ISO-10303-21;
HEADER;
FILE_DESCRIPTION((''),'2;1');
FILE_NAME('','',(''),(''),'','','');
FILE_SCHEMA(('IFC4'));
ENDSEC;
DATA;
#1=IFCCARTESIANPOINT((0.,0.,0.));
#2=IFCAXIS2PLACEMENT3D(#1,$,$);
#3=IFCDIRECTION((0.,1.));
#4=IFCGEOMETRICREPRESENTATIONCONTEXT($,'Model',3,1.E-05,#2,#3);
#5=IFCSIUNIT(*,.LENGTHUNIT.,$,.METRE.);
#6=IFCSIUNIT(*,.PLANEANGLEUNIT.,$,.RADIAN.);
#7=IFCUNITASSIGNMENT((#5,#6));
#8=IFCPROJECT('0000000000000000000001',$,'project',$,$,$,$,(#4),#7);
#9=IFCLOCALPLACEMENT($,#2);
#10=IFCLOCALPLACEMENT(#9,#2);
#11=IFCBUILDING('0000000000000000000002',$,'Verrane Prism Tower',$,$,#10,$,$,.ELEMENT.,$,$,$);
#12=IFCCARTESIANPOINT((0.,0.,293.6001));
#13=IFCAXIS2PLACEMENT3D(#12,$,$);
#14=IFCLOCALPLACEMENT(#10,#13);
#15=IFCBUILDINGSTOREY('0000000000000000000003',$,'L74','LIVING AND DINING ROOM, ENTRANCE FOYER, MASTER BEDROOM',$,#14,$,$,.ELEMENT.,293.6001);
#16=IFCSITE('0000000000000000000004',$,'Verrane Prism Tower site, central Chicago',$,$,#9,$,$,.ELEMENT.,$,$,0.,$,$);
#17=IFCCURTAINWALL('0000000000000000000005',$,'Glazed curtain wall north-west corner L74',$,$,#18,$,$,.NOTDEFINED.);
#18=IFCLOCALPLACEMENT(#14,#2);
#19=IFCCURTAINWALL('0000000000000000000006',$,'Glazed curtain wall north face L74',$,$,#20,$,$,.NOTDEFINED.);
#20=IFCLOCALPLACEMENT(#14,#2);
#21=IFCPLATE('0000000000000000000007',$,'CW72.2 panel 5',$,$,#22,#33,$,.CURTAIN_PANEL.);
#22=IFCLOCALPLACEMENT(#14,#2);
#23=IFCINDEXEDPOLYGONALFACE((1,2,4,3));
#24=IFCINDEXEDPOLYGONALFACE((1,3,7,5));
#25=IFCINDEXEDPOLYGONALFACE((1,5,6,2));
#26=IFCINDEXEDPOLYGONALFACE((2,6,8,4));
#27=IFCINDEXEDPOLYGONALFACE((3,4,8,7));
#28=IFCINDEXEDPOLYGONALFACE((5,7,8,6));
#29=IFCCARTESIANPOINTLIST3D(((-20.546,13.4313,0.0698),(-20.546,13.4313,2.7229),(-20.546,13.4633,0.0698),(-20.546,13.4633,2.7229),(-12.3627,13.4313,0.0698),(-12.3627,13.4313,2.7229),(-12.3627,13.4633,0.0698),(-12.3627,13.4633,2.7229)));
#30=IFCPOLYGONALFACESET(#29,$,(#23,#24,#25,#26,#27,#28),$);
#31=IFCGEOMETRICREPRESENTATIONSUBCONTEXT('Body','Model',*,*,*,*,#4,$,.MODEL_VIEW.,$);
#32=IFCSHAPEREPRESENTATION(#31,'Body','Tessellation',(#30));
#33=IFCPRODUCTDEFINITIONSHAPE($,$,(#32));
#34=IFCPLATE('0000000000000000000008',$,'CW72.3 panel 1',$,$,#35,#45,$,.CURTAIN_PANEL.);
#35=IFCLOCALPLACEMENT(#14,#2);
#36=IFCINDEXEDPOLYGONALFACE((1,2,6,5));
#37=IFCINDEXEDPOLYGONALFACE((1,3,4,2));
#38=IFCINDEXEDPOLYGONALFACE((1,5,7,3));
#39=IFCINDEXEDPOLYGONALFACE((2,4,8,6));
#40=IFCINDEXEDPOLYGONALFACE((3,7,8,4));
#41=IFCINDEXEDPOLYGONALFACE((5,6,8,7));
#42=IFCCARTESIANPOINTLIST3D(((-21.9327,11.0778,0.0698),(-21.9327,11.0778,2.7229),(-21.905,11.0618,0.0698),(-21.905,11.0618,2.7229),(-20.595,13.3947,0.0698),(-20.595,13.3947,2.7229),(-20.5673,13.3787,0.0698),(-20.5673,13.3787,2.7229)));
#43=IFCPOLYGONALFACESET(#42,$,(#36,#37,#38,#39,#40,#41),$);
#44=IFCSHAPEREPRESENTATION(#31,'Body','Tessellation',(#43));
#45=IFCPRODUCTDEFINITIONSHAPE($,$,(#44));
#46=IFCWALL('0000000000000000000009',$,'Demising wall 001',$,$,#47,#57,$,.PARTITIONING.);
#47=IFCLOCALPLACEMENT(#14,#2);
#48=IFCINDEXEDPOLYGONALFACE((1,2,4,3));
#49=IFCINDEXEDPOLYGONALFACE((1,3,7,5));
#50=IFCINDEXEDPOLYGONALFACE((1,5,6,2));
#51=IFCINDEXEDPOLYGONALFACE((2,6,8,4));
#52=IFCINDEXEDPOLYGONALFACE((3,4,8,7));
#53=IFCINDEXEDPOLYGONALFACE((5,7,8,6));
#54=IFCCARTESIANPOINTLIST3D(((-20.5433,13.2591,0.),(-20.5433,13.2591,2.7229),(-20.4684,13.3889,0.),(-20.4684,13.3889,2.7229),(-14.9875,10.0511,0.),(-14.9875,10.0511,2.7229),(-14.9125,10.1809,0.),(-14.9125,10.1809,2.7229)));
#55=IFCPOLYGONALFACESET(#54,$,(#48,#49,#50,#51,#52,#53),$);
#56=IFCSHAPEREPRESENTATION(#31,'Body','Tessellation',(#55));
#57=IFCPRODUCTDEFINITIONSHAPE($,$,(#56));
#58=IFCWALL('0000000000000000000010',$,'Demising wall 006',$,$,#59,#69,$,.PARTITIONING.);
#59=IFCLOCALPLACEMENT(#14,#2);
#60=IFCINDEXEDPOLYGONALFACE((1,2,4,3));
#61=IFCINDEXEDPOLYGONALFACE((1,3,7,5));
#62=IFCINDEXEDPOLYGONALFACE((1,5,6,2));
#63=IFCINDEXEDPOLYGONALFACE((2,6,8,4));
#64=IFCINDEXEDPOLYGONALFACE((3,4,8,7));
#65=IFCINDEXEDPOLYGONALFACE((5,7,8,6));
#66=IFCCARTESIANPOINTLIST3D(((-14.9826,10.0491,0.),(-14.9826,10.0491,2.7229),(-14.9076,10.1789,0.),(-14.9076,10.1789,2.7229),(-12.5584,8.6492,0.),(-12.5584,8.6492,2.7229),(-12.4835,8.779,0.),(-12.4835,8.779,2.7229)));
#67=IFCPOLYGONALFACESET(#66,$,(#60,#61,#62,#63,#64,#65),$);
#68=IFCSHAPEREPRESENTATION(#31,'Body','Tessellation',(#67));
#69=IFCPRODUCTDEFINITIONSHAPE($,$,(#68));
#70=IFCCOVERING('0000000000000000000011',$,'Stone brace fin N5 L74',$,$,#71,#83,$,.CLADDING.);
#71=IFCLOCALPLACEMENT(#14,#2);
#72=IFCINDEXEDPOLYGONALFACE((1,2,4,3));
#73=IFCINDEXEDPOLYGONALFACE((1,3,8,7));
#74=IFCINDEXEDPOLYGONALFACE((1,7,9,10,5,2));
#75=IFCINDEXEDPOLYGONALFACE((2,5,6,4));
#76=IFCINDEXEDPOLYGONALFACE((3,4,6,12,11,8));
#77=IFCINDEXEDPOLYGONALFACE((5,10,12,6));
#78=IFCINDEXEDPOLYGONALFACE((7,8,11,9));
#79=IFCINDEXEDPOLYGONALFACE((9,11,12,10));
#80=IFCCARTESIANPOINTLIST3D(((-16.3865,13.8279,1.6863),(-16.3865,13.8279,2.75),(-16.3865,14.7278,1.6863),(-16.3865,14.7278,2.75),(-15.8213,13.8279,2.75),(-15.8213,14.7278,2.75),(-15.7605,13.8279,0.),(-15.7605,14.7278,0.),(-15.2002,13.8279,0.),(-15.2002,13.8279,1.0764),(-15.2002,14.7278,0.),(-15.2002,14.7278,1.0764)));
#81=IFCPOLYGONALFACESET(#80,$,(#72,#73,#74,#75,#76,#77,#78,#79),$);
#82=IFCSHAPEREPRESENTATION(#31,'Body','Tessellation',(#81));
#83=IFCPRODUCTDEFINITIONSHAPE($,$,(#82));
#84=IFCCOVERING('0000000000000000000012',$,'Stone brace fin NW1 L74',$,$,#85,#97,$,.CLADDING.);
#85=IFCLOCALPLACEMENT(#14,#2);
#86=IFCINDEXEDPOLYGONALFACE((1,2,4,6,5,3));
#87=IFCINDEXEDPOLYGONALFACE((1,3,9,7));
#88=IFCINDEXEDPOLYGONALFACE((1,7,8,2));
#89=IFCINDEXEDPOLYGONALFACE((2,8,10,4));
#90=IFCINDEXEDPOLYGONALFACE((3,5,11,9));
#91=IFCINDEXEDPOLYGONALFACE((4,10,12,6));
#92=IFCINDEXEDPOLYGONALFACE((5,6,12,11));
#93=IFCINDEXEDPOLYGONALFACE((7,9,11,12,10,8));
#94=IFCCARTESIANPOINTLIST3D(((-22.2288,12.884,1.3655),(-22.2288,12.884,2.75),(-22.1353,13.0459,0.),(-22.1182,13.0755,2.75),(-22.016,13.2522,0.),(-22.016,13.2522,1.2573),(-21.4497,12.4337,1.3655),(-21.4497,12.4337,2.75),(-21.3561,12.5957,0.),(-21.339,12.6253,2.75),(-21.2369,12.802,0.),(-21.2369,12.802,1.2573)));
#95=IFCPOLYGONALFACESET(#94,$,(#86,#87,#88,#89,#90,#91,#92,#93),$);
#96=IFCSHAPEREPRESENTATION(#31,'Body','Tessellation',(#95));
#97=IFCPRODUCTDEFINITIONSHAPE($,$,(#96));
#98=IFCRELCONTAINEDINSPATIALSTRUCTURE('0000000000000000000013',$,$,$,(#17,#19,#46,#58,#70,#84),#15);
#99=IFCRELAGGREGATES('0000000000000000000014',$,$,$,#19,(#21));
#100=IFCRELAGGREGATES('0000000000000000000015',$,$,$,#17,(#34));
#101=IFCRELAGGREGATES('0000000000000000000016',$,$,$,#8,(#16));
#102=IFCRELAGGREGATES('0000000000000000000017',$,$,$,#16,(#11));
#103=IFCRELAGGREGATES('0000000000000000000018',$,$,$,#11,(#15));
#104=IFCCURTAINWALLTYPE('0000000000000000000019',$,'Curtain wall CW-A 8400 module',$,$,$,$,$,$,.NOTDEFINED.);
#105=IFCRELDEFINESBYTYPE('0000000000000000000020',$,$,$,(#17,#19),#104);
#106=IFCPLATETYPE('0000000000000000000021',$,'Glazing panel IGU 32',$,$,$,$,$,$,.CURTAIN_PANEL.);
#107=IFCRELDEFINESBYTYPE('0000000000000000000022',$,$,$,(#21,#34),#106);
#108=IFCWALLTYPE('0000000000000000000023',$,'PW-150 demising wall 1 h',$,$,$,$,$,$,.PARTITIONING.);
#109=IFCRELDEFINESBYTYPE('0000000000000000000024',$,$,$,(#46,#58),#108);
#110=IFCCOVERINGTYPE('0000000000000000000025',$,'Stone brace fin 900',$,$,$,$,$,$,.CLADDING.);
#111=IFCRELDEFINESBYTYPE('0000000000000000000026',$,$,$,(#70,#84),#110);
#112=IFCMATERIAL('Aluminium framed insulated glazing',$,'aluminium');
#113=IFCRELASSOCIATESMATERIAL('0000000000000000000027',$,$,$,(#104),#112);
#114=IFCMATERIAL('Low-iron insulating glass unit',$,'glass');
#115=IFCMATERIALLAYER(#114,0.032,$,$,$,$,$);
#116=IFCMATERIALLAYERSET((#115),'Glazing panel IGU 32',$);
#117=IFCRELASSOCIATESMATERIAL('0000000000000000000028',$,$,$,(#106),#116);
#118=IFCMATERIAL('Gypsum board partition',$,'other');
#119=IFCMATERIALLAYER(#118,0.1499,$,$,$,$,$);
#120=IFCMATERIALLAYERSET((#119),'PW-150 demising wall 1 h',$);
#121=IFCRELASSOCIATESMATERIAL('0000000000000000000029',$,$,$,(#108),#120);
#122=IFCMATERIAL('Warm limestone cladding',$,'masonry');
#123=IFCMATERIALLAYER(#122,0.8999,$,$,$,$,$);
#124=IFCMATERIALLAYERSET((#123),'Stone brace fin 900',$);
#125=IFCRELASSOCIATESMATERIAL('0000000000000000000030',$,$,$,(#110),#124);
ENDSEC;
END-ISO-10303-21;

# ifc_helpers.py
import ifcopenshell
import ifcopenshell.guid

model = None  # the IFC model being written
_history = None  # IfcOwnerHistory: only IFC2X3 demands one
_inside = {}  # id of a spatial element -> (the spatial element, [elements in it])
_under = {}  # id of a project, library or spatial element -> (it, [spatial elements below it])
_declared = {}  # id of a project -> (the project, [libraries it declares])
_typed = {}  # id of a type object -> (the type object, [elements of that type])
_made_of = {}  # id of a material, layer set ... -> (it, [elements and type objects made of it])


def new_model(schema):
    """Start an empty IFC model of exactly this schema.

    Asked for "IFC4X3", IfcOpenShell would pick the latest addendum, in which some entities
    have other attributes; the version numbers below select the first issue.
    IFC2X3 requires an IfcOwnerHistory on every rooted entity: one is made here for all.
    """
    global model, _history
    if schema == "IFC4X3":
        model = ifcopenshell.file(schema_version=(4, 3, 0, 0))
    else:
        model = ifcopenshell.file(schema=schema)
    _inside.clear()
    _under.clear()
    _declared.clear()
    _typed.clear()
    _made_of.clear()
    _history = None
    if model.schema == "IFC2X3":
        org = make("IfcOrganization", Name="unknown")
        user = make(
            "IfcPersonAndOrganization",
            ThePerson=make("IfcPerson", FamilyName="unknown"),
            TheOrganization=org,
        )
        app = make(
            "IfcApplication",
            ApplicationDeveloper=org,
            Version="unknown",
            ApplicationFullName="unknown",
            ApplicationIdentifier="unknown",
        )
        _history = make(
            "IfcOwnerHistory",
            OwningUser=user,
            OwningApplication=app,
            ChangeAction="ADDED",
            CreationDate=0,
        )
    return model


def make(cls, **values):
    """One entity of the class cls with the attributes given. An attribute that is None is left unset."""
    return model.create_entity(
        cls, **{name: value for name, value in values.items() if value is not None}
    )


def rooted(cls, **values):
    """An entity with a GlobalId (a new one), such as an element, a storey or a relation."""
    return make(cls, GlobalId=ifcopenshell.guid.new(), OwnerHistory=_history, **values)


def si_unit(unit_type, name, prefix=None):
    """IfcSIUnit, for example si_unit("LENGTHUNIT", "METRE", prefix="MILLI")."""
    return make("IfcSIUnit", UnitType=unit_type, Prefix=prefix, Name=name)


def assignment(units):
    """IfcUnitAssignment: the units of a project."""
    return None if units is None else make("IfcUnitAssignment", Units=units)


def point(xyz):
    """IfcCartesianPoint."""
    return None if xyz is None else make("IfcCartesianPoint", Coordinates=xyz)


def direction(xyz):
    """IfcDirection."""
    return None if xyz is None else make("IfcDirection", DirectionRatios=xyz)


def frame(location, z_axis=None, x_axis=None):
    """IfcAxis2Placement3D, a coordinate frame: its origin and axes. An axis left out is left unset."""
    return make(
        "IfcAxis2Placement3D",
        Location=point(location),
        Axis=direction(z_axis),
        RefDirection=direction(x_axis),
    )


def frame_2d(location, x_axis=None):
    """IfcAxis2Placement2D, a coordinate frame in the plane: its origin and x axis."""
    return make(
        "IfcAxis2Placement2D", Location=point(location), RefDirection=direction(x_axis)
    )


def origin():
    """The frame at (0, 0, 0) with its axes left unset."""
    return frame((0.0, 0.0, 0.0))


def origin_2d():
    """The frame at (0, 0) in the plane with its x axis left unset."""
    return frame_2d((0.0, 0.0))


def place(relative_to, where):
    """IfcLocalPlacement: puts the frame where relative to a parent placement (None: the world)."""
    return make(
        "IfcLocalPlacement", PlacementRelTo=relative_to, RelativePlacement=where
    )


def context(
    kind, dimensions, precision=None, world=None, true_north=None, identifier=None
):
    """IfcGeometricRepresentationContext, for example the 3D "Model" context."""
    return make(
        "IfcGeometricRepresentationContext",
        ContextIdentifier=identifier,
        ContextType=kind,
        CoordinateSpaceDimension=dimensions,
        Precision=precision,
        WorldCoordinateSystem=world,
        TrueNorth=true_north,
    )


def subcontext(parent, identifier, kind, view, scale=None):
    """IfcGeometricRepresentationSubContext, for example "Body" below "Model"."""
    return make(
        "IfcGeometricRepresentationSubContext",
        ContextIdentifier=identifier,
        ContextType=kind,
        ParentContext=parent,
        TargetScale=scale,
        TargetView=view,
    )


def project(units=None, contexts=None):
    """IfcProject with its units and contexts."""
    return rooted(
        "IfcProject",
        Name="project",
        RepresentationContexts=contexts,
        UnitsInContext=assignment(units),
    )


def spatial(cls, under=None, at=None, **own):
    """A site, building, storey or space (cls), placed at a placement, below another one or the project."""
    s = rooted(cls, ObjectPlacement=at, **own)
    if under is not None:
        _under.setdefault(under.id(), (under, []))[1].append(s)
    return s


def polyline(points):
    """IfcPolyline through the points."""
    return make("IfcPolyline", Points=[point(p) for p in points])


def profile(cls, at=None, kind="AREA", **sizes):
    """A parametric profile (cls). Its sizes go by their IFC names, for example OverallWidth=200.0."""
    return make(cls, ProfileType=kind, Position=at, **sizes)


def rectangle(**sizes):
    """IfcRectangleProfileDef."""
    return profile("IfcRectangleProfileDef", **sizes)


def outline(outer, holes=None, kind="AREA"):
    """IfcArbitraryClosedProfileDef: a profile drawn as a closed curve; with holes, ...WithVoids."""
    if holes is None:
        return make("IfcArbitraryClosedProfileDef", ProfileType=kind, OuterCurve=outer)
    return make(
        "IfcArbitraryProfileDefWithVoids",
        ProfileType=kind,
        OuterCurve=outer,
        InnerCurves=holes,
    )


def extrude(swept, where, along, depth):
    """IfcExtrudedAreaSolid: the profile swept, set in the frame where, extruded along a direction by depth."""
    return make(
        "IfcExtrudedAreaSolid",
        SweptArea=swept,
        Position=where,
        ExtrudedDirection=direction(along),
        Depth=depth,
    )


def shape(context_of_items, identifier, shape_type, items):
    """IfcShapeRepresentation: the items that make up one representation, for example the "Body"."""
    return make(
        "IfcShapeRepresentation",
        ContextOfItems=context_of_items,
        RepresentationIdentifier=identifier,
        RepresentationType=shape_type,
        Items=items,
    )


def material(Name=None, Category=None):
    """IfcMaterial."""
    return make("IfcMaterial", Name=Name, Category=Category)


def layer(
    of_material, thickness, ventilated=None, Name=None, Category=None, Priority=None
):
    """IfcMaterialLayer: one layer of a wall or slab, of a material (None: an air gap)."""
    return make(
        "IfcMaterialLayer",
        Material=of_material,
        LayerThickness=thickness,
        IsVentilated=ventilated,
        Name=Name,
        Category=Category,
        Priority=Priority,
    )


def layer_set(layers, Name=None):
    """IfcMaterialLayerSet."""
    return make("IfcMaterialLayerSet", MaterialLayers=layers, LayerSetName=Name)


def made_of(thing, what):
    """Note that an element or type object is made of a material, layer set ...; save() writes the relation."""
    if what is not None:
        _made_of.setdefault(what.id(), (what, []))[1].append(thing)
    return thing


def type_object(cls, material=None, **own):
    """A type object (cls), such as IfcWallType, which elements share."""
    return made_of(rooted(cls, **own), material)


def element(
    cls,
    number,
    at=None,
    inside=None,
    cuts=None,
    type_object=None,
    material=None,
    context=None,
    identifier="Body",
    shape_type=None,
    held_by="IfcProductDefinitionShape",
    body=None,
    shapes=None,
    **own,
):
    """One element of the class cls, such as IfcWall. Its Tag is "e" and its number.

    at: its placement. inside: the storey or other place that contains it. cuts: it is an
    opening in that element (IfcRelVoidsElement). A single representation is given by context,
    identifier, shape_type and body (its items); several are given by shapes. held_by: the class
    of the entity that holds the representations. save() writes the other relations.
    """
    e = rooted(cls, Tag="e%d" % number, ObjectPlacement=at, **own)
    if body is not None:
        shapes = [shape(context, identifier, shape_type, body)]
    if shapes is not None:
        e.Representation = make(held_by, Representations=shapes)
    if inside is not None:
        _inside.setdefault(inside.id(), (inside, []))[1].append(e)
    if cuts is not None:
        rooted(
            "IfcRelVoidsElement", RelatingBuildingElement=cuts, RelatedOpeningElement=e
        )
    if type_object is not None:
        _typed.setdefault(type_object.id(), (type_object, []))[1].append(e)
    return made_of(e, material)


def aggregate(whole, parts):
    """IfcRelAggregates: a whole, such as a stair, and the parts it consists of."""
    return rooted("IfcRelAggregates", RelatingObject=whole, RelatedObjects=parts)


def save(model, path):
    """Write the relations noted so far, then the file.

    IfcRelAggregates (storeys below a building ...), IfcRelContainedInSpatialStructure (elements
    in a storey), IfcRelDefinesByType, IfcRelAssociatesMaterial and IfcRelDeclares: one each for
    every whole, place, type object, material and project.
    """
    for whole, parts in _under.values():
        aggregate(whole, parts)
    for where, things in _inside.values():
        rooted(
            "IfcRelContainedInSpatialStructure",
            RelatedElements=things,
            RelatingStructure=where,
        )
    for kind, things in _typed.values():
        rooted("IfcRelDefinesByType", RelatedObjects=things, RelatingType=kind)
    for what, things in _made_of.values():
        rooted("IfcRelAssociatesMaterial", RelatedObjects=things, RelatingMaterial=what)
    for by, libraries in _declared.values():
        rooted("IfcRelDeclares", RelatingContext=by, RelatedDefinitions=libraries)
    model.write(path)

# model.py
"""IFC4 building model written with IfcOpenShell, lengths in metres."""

from ifc_helpers import new_model, si_unit, direction, frame, frame_2d, origin, origin_2d, place, context, subcontext, project, spatial, polyline, rectangle, outline, extrude, material, layer, layer_set, type_object, element, aggregate, save


model = new_model("IFC4")

# Units and contexts
model_context = context("Model", 3, precision=1e-05, world=origin(), true_north=direction((0.0, 1.0)))
body_context = subcontext(model_context, "Body", "Model", "MODEL_VIEW")
ifc_project = project(units=[si_unit("LENGTHUNIT", "METRE"), si_unit("PLANEANGLEUNIT", "RADIAN")], contexts=[model_context])

# Site, building, storey
site_placement = place(None, origin())
site = spatial("IfcSite", under=ifc_project, at=site_placement, Name="Verrane Prism Tower site, central Chicago", CompositionType="ELEMENT", RefElevation=0.0)
building_placement = place(site_placement, origin())
building = spatial("IfcBuilding", under=site, at=building_placement, Name="Verrane Prism Tower", CompositionType="ELEMENT")
storey_placement = place(building_placement, frame((0.0, 0.0, 293.6001)))
storey = spatial("IfcBuildingStorey", under=building, at=storey_placement, Name="L74", Description="LIVING AND DINING ROOM, ENTRANCE FOYER, MASTER BEDROOM", CompositionType="ELEMENT", Elevation=293.6001)

# Curtain wall
ifc_material_1 = material(Name="Aluminium framed insulated glazing", Category="aluminium")
curtain_wall_type = type_object("IfcCurtainWallType", Name="Curtain wall CW-A 8400 module", PredefinedType="NOTDEFINED", material=ifc_material_1)
curtain_wall_1_placement = place(storey_placement, origin())
curtain_wall_1 = element("IfcCurtainWall", 1, at=curtain_wall_1_placement, inside=storey, type_object=curtain_wall_type, Name="Glazed curtain wall north-west corner L74", PredefinedType="NOTDEFINED")

# Curtain wall
curtain_wall_2_placement = place(storey_placement, origin())
curtain_wall_2 = element("IfcCurtainWall", 2, at=curtain_wall_2_placement, inside=storey, type_object=curtain_wall_type, Name="Glazed curtain wall north face L74", PredefinedType="NOTDEFINED")

# Plates
ifc_material_2 = material(Name="Low-iron insulating glass unit", Category="glass")
ifc_layer_1 = layer(ifc_material_2, 0.032)
ifc_layer_set_1 = layer_set([ifc_layer_1], Name="Glazing panel IGU 32")
plate_type = type_object("IfcPlateType", Name="Glazing panel IGU 32", PredefinedType="CURTAIN_PANEL", material=ifc_layer_set_1)
plate_1_placement = place(storey_placement, frame((-16.4543, 13.4473, 0.0698), z_axis=(0.0, 0.0, 1.0), x_axis=(-1.0, 0.0, 0.0)))
plate_1 = element("IfcPlate", 3, at=plate_1_placement, type_object=plate_type, Name="CW72.2 panel 5", PredefinedType="CURTAIN_PANEL", context=body_context, shape_type="SweptSolid", body=[
    extrude(rectangle(XDim=8.1833, YDim=0.032, at=origin_2d()), origin(), (0.0, 0.0, 1.0), 2.6531),
])
aggregate(curtain_wall_2, [plate_1])
plate_2_placement = place(storey_placement, frame((-21.25, 12.2283, 0.0698), z_axis=(0.0, 0.0, 1.0), x_axis=(-0.500002, -0.866024, 0.0)))
plate_2 = element("IfcPlate", 4, at=plate_2_placement, type_object=plate_type, Name="CW72.3 panel 1", PredefinedType="CURTAIN_PANEL", context=body_context, shape_type="SweptSolid", body=[
    extrude(rectangle(XDim=2.6753, YDim=0.032, at=origin_2d()), origin(), (0.0, 0.0, 1.0), 2.6531),
])
aggregate(curtain_wall_1, [plate_2])

# Walls
ifc_material_3 = material(Name="Gypsum board partition", Category="other")
ifc_layer_2 = layer(ifc_material_3, 0.1499)
ifc_layer_set_2 = layer_set([ifc_layer_2], Name="PW-150 demising wall 1 h")
wall_type = type_object("IfcWallType", Name="PW-150 demising wall 1 h", PredefinedType="PARTITIONING", material=ifc_layer_set_2)
wall_1_placement = place(storey_placement, frame((-20.5059, 13.324, 0.0), z_axis=(0.0, 0.0, 1.0), x_axis=(0.866005, -0.500035, 0.0)))
element("IfcWall", 5, at=wall_1_placement, inside=storey, type_object=wall_type, Name="Demising wall 001", PredefinedType="PARTITIONING", context=body_context, shape_type="SweptSolid", body=[
    extrude(rectangle(XDim=6.4155, YDim=0.1499, at=frame_2d((3.2078, 0.0))), origin(), (0.0, 0.0, 1.0), 2.7229),
])
wall_2_placement = place(storey_placement, frame((-14.9451, 10.114, 0.0), z_axis=(0.0, 0.0, 1.0), x_axis=(0.865969, -0.500097, 0.0)))
element("IfcWall", 6, at=wall_2_placement, inside=storey, type_object=wall_type, Name="Demising wall 006", PredefinedType="PARTITIONING", context=body_context, shape_type="SweptSolid", body=[
    extrude(rectangle(XDim=2.7993, YDim=0.1499, at=frame_2d((1.3997, 0.0))), origin(), (0.0, 0.0, 1.0), 2.7229),
])

# Coverings
ifc_material_4 = material(Name="Warm limestone cladding", Category="masonry")
ifc_layer_3 = layer(ifc_material_4, 0.8999)
ifc_layer_set_3 = layer_set([ifc_layer_3], Name="Stone brace fin 900")
covering_type = type_object("IfcCoveringType", Name="Stone brace fin 900", PredefinedType="CLADDING", material=ifc_layer_set_3)
covering_1_placement = place(storey_placement, frame((-15.2002, 14.2778, 0.0), z_axis=(0.0, 0.0, 1.0), x_axis=(-1.0, 0.0, 0.0)))
element("IfcCovering", 7, at=covering_1_placement, inside=storey, type_object=covering_type, Name="Stone brace fin N5 L74", PredefinedType="CLADDING", context=body_context, shape_type="SweptSolid", body=[
    extrude(outline(polyline([(1.1863, 2.75), (0.6211, 2.75), (0.0, 1.0764), (0.0, 0.0), (0.5603, 0.0), (1.1863, 1.6863), (1.1863, 2.75)])), frame((0.0, 0.45, 0.0), z_axis=(0.0, -1.0, 0.0), x_axis=(1.0, 0.0, 0.0)), (0.0, 0.0, 1.0), 0.8999),
])
covering_2_placement = place(storey_placement, frame((-21.6265, 13.0271, 0.0), z_axis=(0.0, 0.0, 1.0), x_axis=(-0.500335, -0.865832, 0.0)))
element("IfcCovering", 8, at=covering_2_placement, inside=storey, type_object=covering_type, Name="Stone brace fin NW1 L74", PredefinedType="CLADDING", context=body_context, shape_type="SweptSolid", body=[
    extrude(outline(polyline([(0.4253, 2.75), (0.2041, 2.75), (0.0, 1.2573), (0.0, 0.0), (0.2383, 0.0), (0.4253, 1.3655), (0.4253, 2.75)])), frame((0.0, 0.45, 0.0), z_axis=(0.0, -1.0, 0.0), x_axis=(1.0, 0.0, 0.0)), (0.0, 0.0, 1.0), 0.8999),
])

save(model, "model.ifc")
